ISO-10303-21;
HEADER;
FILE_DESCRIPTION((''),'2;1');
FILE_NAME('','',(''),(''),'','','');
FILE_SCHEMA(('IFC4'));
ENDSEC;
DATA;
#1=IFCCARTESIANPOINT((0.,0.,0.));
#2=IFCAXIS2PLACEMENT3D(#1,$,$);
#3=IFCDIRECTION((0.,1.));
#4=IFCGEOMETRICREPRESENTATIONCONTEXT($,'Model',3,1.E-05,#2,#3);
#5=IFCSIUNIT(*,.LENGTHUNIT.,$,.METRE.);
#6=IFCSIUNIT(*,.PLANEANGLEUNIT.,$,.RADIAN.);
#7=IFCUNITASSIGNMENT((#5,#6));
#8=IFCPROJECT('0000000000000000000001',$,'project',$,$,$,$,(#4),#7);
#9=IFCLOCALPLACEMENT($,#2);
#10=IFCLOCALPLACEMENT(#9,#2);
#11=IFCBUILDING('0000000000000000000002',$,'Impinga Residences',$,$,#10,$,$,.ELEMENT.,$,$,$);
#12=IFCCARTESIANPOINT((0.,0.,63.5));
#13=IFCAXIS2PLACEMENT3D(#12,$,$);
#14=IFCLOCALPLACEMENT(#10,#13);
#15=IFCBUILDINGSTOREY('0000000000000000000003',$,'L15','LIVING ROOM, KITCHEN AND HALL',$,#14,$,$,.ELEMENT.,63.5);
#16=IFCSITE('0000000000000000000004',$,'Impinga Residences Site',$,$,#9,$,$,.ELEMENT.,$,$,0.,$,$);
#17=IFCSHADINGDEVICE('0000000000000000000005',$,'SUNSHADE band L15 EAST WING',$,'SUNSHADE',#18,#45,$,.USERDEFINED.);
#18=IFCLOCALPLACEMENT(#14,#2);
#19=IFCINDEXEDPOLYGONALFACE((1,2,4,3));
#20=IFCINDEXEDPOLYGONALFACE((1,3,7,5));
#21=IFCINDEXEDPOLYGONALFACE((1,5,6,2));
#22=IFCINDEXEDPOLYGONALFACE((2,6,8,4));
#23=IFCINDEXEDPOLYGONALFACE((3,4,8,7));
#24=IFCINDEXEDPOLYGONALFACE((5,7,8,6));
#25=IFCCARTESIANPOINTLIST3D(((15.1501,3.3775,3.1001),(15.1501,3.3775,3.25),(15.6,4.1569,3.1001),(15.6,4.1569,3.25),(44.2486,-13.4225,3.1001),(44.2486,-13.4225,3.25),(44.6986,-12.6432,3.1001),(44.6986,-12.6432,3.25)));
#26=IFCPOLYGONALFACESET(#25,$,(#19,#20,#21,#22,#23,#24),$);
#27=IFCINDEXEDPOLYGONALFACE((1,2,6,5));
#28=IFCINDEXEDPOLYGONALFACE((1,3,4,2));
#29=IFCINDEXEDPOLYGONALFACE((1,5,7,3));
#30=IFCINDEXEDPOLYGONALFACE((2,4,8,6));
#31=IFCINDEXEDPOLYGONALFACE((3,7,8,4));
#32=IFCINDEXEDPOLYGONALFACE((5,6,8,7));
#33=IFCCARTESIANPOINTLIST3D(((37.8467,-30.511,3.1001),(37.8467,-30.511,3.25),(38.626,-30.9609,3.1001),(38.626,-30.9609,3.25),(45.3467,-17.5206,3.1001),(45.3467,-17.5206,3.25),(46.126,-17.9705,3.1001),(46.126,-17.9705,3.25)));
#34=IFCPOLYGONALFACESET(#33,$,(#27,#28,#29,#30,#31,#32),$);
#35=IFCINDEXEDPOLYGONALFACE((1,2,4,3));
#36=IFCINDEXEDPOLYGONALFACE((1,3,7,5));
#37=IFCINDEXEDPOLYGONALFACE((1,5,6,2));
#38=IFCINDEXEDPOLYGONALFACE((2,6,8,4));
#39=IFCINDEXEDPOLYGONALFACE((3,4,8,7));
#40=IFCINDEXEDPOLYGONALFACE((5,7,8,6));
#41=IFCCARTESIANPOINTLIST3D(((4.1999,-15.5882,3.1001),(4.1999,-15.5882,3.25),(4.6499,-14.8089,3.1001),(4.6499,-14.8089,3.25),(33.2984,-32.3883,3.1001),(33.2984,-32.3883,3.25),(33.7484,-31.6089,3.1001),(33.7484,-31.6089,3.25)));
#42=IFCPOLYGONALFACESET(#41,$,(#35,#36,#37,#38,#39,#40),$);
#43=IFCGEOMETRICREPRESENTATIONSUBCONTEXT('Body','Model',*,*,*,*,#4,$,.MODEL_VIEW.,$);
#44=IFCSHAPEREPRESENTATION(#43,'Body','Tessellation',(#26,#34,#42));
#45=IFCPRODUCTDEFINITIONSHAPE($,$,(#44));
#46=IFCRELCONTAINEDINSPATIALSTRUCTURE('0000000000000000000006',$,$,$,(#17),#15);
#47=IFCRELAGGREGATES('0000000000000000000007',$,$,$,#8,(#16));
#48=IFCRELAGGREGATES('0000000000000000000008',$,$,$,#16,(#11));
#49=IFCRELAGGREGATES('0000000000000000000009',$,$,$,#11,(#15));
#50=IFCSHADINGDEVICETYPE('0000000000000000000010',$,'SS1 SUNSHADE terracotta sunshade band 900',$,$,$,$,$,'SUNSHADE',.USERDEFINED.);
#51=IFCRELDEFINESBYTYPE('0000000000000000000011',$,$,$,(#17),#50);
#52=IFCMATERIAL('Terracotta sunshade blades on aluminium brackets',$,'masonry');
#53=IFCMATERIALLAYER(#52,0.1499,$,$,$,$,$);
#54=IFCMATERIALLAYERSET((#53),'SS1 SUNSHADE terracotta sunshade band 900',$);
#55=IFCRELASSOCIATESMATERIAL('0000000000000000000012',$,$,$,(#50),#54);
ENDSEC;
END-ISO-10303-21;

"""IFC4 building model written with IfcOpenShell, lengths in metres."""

from ifc_helpers import new_model, si_unit, direction, frame, origin, origin_2d, place, context, subcontext, project, spatial, rectangle, extrude, material, layer, layer_set, type_object, element, save


model = new_model("IFC4")

# Units and contexts
model_context = context("Model", 3, precision=1e-05, world=origin(), true_north=direction((0.0, 1.0)))
body_context = subcontext(model_context, "Body", "Model", "MODEL_VIEW")
ifc_project = project(units=[si_unit("LENGTHUNIT", "METRE"), si_unit("PLANEANGLEUNIT", "RADIAN")], contexts=[model_context])

# Site, building, storey
site_placement = place(None, origin())
site = spatial("IfcSite", under=ifc_project, at=site_placement, Name="Impinga Residences Site", CompositionType="ELEMENT", RefElevation=0.0)
building_placement = place(site_placement, origin())
building = spatial("IfcBuilding", under=site, at=building_placement, Name="Impinga Residences", CompositionType="ELEMENT")
storey_placement = place(building_placement, frame((0.0, 0.0, 63.5)))
storey = spatial("IfcBuildingStorey", under=building, at=storey_placement, Name="L15", Description="LIVING ROOM, KITCHEN AND HALL", CompositionType="ELEMENT", Elevation=63.5)

# Shading device
ifc_material_1 = material(Name="Terracotta sunshade blades on aluminium brackets", Category="masonry")
ifc_layer_1 = layer(ifc_material_1, 0.1499)
ifc_layer_set_1 = layer_set([ifc_layer_1], Name="SS1 SUNSHADE terracotta sunshade band 900")
shading_device_type = type_object("IfcShadingDeviceType", Name="SS1 SUNSHADE terracotta sunshade band 900", ElementType="SUNSHADE", PredefinedType="USERDEFINED", material=ifc_layer_set_1)
shading_device_placement = place(storey_placement, frame((29.9243, -4.6328, 3.1001), z_axis=(0.0, 0.0, 1.0), x_axis=(0.866025, -0.5, 0.0)))
element("IfcShadingDevice", 1, at=shading_device_placement, inside=storey, type_object=shading_device_type, Name="SUNSHADE band L15 EAST WING", ObjectType="SUNSHADE", PredefinedType="USERDEFINED", context=body_context, shape_type="SweptSolid", body=[
    extrude(rectangle(XDim=33.6001, YDim=0.8999, at=origin_2d()), origin(), (0.0, 0.0, 1.0), 0.1499),
    extrude(rectangle(XDim=15.0, YDim=0.8999, at=origin_2d()), frame((20.25, -10.95, 0.0), z_axis=(0.0, 0.0, 1.0), x_axis=(0.0, -1.0, 0.0)), (0.0, 0.0, 1.0), 0.1499),
    extrude(rectangle(XDim=33.6001, YDim=0.8999, at=origin_2d()), frame((-0.0002, -21.8999, 0.0), z_axis=(0.0, 0.0, 1.0), x_axis=(-1.0, 0.0, 0.0)), (0.0, 0.0, 1.0), 0.1499),
])

save(model, "model.ifc")
